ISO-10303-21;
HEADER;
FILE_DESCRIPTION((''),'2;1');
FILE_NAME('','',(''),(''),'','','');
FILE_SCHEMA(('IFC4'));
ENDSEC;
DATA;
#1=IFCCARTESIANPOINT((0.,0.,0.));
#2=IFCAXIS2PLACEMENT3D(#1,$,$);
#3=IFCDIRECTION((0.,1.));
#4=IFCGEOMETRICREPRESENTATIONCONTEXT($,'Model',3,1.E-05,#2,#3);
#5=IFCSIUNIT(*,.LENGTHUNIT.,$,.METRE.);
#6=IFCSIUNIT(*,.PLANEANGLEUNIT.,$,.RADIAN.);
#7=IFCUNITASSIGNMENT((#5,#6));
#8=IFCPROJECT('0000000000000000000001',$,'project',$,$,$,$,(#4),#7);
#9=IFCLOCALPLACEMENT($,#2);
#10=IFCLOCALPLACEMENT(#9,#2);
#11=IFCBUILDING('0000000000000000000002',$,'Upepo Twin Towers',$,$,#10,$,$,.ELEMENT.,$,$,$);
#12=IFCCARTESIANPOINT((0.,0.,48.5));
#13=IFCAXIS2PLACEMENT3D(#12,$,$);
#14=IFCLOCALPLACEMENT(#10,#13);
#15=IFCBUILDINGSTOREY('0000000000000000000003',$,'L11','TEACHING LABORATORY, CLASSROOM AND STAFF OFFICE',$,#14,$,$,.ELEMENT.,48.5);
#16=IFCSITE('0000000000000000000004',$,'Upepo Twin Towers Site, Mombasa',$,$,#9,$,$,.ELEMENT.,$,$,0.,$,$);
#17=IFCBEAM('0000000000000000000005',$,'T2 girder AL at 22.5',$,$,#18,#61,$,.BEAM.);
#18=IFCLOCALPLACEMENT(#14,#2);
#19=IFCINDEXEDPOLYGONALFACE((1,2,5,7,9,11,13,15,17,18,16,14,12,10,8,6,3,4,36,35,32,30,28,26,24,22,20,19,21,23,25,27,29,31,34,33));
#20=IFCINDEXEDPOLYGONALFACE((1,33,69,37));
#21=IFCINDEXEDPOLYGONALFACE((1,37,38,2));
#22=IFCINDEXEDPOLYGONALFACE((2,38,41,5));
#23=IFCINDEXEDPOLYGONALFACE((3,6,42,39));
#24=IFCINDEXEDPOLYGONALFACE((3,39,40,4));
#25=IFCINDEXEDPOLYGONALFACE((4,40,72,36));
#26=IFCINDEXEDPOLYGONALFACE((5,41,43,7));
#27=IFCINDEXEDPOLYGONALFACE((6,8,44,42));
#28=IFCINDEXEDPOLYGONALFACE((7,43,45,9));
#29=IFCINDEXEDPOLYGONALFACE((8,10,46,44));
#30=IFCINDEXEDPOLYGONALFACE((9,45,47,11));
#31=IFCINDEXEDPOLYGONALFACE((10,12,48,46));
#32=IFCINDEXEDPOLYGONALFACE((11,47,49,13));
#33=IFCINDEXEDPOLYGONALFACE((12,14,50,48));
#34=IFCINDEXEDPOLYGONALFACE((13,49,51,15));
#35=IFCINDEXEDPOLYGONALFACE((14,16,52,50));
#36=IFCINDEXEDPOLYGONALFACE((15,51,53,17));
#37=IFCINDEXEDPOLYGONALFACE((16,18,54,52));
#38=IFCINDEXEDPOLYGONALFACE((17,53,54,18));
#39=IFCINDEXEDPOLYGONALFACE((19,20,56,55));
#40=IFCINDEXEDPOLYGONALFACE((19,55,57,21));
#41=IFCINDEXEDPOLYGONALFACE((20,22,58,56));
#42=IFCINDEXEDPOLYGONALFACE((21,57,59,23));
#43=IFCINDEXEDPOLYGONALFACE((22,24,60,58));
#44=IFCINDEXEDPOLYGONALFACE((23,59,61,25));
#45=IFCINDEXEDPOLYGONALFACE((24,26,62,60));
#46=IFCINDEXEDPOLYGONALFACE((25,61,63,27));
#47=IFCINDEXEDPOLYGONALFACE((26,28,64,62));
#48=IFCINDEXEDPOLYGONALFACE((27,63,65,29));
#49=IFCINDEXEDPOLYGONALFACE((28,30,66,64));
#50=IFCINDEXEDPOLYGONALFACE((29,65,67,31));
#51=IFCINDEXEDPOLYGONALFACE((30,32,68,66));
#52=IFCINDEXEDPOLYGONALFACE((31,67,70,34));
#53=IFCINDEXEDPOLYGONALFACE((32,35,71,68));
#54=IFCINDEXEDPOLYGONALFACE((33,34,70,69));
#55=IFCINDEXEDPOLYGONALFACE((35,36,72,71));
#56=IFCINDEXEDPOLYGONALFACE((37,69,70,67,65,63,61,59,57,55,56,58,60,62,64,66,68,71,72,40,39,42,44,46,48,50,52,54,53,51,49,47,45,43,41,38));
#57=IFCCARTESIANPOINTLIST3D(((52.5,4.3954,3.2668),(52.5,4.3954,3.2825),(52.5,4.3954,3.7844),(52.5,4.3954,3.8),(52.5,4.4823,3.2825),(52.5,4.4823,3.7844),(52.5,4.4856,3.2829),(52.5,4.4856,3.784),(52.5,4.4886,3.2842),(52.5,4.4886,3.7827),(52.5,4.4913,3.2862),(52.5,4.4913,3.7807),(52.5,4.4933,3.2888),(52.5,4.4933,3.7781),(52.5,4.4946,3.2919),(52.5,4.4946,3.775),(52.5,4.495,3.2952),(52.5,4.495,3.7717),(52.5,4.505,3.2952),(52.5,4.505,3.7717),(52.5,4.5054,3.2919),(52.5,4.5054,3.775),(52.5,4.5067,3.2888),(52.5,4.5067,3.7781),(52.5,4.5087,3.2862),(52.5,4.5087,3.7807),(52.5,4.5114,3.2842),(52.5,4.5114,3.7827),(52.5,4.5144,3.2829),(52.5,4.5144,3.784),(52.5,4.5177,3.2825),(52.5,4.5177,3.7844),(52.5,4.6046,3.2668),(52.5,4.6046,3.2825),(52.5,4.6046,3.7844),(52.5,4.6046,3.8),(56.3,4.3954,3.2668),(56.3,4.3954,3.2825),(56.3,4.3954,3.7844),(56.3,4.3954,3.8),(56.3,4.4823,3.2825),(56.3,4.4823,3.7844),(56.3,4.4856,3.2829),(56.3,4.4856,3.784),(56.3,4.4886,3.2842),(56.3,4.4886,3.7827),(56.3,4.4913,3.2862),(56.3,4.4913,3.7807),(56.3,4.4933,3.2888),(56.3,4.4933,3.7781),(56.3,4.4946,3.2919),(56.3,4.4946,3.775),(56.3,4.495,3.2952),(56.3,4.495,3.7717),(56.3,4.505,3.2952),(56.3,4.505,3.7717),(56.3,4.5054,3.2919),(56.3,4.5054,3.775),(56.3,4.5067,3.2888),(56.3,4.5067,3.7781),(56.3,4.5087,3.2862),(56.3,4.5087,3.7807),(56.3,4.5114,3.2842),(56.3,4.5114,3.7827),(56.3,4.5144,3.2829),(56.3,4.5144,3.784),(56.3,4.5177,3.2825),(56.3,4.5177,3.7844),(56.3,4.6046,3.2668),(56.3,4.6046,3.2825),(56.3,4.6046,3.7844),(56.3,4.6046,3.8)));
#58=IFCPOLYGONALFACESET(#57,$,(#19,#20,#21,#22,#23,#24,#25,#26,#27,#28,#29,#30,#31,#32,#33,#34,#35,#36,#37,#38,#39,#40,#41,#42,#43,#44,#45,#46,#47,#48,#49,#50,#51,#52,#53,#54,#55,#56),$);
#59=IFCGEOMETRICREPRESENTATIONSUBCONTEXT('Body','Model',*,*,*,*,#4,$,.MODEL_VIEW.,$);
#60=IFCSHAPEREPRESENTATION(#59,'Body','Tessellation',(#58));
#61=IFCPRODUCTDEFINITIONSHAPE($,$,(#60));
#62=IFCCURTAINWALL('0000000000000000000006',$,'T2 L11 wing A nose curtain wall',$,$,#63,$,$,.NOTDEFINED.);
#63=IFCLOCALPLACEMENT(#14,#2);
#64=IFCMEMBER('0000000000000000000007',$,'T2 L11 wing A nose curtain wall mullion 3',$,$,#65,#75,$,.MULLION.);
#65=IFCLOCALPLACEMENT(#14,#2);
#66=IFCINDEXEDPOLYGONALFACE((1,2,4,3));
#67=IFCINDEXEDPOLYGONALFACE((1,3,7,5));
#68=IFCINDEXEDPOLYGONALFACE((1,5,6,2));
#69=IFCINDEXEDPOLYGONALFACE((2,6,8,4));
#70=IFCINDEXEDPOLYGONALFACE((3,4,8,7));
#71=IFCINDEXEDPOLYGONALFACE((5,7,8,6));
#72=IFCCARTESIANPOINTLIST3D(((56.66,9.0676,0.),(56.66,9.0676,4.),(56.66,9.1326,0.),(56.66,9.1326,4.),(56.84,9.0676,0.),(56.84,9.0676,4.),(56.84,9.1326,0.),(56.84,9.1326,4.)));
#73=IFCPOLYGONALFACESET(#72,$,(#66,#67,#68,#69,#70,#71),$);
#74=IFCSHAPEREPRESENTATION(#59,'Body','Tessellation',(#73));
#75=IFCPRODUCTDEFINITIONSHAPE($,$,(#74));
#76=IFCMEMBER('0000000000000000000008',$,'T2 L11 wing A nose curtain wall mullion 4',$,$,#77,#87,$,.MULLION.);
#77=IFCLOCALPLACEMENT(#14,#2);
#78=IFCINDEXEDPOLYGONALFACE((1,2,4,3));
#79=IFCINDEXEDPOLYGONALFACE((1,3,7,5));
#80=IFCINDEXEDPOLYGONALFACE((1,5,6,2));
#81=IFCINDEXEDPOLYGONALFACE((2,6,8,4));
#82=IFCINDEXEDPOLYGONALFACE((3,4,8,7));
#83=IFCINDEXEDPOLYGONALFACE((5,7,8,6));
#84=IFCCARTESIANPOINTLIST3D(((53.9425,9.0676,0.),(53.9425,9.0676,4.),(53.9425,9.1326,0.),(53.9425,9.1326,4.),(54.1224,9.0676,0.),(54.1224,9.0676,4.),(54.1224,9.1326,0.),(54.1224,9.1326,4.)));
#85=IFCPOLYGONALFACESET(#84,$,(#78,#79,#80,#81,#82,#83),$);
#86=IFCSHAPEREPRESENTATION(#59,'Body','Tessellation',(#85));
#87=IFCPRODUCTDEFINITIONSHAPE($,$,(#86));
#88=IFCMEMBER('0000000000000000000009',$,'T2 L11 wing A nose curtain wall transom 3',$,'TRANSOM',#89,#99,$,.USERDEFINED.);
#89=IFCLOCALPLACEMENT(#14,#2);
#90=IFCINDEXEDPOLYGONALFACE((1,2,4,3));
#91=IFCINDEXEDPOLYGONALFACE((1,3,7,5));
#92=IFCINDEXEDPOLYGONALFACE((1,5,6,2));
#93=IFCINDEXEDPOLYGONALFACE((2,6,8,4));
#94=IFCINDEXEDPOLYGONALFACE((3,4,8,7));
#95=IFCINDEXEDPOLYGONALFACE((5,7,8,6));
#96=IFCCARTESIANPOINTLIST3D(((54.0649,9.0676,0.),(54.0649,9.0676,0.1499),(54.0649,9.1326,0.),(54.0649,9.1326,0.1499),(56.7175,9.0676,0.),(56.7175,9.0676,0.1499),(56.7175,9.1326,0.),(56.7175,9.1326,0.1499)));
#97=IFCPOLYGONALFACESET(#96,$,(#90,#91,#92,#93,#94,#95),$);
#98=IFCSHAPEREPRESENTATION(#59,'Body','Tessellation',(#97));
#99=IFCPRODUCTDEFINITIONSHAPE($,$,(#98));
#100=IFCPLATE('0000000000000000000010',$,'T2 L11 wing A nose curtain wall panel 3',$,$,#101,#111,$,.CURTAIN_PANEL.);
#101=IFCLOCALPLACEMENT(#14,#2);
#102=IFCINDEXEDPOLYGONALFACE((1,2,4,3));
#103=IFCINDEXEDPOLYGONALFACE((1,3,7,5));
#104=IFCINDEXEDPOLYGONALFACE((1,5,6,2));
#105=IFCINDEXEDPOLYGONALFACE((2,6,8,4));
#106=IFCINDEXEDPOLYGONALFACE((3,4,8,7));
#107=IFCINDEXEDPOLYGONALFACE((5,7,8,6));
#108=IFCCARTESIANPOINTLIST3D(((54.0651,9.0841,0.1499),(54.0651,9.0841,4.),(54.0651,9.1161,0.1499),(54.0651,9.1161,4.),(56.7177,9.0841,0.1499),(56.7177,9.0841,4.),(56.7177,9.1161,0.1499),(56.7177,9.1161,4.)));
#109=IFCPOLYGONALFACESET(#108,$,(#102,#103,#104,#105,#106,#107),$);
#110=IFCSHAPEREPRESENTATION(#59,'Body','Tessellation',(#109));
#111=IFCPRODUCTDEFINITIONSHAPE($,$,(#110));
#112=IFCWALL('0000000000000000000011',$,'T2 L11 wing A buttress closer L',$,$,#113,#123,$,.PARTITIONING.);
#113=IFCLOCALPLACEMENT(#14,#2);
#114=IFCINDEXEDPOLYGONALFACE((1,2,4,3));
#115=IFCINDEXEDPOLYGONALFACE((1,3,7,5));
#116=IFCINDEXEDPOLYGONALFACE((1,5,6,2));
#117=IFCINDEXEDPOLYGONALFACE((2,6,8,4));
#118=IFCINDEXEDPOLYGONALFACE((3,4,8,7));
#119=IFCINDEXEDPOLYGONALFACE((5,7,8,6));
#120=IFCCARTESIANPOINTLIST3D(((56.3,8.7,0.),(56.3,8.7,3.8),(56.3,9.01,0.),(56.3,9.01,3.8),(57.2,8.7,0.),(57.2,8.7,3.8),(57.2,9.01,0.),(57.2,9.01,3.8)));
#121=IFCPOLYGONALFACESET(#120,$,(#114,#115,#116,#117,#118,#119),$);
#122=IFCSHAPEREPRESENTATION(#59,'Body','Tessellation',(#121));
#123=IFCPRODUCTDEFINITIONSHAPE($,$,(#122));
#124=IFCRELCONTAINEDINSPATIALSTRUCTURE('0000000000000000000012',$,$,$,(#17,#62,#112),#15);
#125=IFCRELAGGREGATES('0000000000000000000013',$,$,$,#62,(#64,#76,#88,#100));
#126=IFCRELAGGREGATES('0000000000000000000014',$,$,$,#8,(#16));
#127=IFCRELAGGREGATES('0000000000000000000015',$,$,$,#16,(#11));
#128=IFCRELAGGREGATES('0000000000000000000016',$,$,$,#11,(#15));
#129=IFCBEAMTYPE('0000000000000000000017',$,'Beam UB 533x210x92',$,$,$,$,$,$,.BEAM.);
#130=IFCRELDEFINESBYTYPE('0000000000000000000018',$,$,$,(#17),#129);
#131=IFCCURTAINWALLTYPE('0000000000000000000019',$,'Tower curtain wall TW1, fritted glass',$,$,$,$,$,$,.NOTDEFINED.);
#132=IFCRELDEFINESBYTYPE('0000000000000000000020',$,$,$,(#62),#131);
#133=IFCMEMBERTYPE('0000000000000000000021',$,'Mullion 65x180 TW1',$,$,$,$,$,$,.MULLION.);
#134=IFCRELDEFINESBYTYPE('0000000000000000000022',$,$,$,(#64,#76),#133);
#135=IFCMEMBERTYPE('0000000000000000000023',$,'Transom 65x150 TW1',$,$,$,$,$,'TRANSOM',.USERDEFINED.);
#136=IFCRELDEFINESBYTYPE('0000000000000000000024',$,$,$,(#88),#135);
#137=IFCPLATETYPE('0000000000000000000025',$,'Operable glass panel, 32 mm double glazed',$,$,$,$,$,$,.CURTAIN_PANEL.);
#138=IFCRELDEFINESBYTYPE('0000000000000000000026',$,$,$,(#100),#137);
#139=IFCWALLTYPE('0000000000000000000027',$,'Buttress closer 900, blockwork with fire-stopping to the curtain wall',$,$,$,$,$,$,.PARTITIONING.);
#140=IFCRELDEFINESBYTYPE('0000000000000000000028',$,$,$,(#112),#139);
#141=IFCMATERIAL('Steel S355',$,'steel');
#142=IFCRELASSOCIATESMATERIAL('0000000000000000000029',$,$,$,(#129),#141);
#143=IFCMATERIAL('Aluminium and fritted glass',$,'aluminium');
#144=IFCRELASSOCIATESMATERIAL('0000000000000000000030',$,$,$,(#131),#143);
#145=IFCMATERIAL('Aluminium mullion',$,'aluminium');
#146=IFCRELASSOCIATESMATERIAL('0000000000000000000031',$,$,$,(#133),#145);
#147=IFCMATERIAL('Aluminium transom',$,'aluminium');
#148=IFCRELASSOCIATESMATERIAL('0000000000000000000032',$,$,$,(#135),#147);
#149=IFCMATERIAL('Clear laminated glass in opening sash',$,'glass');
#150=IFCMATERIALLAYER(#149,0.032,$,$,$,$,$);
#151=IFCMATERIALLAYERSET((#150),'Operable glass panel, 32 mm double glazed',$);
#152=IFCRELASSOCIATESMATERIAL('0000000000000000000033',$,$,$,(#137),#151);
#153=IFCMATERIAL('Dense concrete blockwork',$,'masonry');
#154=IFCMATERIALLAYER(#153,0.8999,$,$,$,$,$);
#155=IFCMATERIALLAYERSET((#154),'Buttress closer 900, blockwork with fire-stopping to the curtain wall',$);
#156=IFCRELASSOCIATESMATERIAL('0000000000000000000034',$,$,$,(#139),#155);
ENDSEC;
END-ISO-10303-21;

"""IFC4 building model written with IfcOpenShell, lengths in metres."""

from ifc_helpers import new_model, si_unit, direction, frame, frame_2d, origin, origin_2d, place, context, subcontext, project, spatial, rectangle, i_section, extrude, material, layer, layer_set, material_profile, profile_set, type_object, element, aggregate, save


model = new_model("IFC4")

# Units and contexts
model_context = context("Model", 3, precision=1e-05, world=origin(), true_north=direction((0.0, 1.0)))
body_context = subcontext(model_context, "Body", "Model", "MODEL_VIEW")
ifc_project = project(units=[si_unit("LENGTHUNIT", "METRE"), si_unit("PLANEANGLEUNIT", "RADIAN")], contexts=[model_context])

# Site, building, storey
site_placement = place(None, origin())
site = spatial("IfcSite", under=ifc_project, at=site_placement, Name="Upepo Twin Towers Site, Mombasa", CompositionType="ELEMENT", RefElevation=0.0)
building_placement = place(site_placement, origin())
building = spatial("IfcBuilding", under=site, at=building_placement, Name="Upepo Twin Towers", CompositionType="ELEMENT")
storey_placement = place(building_placement, frame((0.0, 0.0, 48.5)))
storey = spatial("IfcBuildingStorey", under=building, at=storey_placement, Name="L11", Description="TEACHING LABORATORY, CLASSROOM AND STAFF OFFICE", CompositionType="ELEMENT", Elevation=48.5)

# Beam
ifc_material_1 = material(Name="Steel S355", Category="steel")
ifc_material_profile_1 = material_profile(ifc_material_1, i_section(OverallWidth=0.2092, OverallDepth=0.5332, WebThickness=0.01, FlangeThickness=0.0156, FilletRadius=0.0127, at=origin_2d()), Name="UB 533x210x92")
ifc_profile_set_1 = profile_set([ifc_material_profile_1], Name="Steel S355")
beam_type_1 = type_object("IfcBeamType", Name="Beam UB 533x210x92", PredefinedType="BEAM", material=ifc_profile_set_1)
beam_1_placement = place(storey_placement, frame((52.5, 4.5, 3.5334), z_axis=(1.0, 0.0, 0.0), x_axis=(0.0, 1.0, 0.0)))
element("IfcBeam", 1, at=beam_1_placement, inside=storey, type_object=beam_type_1, Name="T2 girder AL at 22.5", PredefinedType="BEAM", context=body_context, shape_type="SweptSolid", body=[
    extrude(i_section(OverallWidth=0.2092, OverallDepth=0.5332, WebThickness=0.01, FlangeThickness=0.0156, FilletRadius=0.0127, at=origin_2d()), origin(), (0.0, 0.0, 1.0), 3.8),
])

# Curtain wall, members, plate
ifc_material_2 = material(Name="Aluminium and fritted glass", Category="aluminium")
curtain_wall_type = type_object("IfcCurtainWallType", Name="Tower curtain wall TW1, fritted glass", PredefinedType="NOTDEFINED", material=ifc_material_2)
curtain_wall_placement = place(storey_placement, origin())
curtain_wall = element("IfcCurtainWall", 2, at=curtain_wall_placement, inside=storey, type_object=curtain_wall_type, Name="T2 L11 wing A nose curtain wall", PredefinedType="NOTDEFINED")
ifc_material_3 = material(Name="Aluminium mullion", Category="aluminium")
ifc_material_profile_2 = material_profile(ifc_material_3, rectangle(XDim=0.0649, YDim=0.1799, at=origin_2d()), Name="MULLION 65x180")
ifc_profile_set_2 = profile_set([ifc_material_profile_2], Name="Aluminium mullion")
member_type_1 = type_object("IfcMemberType", Name="Mullion 65x180 TW1", PredefinedType="MULLION", material=ifc_profile_set_2)
member_1_placement = place(storey_placement, frame((56.75, 9.1001, 0.0), z_axis=(0.0, 0.0, 1.0), x_axis=(0.0, -1.0, 0.0)))
member_1 = element("IfcMember", 3, at=member_1_placement, type_object=member_type_1, Name="T2 L11 wing A nose curtain wall mullion 3", PredefinedType="MULLION", context=body_context, shape_type="SweptSolid", body=[
    extrude(rectangle(XDim=0.0649, YDim=0.1799, at=origin_2d()), origin(), (0.0, 0.0, 1.0), 4.0),
])
member_2_placement = place(storey_placement, frame((54.0325, 9.1001, 0.0), z_axis=(0.0, 0.0, 1.0), x_axis=(0.0, -1.0, 0.0)))
member_2 = element("IfcMember", 4, at=member_2_placement, type_object=member_type_1, Name="T2 L11 wing A nose curtain wall mullion 4", PredefinedType="MULLION", context=body_context, shape_type="SweptSolid", body=[
    extrude(rectangle(XDim=0.0649, YDim=0.1799, at=origin_2d()), origin(), (0.0, 0.0, 1.0), 4.0),
])
ifc_material_4 = material(Name="Aluminium transom", Category="aluminium")
ifc_material_profile_3 = material_profile(ifc_material_4, rectangle(XDim=0.0649, YDim=0.1499, at=origin_2d()), Name="TRANSOM 65x150")
ifc_profile_set_3 = profile_set([ifc_material_profile_3], Name="Aluminium transom")
member_type_2 = type_object("IfcMemberType", Name="Transom 65x150 TW1", ElementType="TRANSOM", PredefinedType="USERDEFINED", material=ifc_profile_set_3)
member_3_placement = place(storey_placement, frame((56.7175, 9.1001, 0.075), z_axis=(-1.0, 0.0, 0.0), x_axis=(0.0, -1.0, 0.0)))
member_3 = element("IfcMember", 5, at=member_3_placement, type_object=member_type_2, Name="T2 L11 wing A nose curtain wall transom 3", ObjectType="TRANSOM", PredefinedType="USERDEFINED", context=body_context, shape_type="SweptSolid", body=[
    extrude(rectangle(XDim=0.0649, YDim=0.1499, at=origin_2d()), origin(), (0.0, 0.0, 1.0), 2.6526),
])
ifc_material_5 = material(Name="Clear laminated glass in opening sash", Category="glass")
ifc_layer_1 = layer(ifc_material_5, 0.032)
ifc_layer_set_1 = layer_set([ifc_layer_1], Name="Operable glass panel, 32 mm double glazed")
plate_type = type_object("IfcPlateType", Name="Operable glass panel, 32 mm double glazed", PredefinedType="CURTAIN_PANEL", material=ifc_layer_set_1)
plate_placement = place(storey_placement, frame((55.3914, 9.1001, 0.1499), z_axis=(0.0, 0.0, 1.0), x_axis=(-1.0, 0.0, 0.0)))
plate = element("IfcPlate", 6, at=plate_placement, type_object=plate_type, Name="T2 L11 wing A nose curtain wall panel 3", PredefinedType="CURTAIN_PANEL", context=body_context, shape_type="SweptSolid", body=[
    extrude(rectangle(XDim=2.6526, YDim=0.032, at=origin_2d()), origin(), (0.0, 0.0, 1.0), 3.8501),
])
aggregate(curtain_wall, [member_1, member_2, member_3, plate])

# Wall
ifc_material_6 = material(Name="Dense concrete blockwork", Category="masonry")
ifc_layer_2 = layer(ifc_material_6, 0.8999)
ifc_layer_set_2 = layer_set([ifc_layer_2], Name="Buttress closer 900, blockwork with fire-stopping to the curtain wall")
wall_type_1 = type_object("IfcWallType", Name="Buttress closer 900, blockwork with fire-stopping to the curtain wall", PredefinedType="PARTITIONING", material=ifc_layer_set_2)
wall_1_placement = place(storey_placement, frame((56.75, 8.7, 0.0), z_axis=(0.0, 0.0, 1.0), x_axis=(0.0, 1.0, 0.0)))
element("IfcWall", 7, at=wall_1_placement, inside=storey, type_object=wall_type_1, Name="T2 L11 wing A buttress closer L", PredefinedType="PARTITIONING", context=body_context, shape_type="SweptSolid", body=[
    extrude(rectangle(XDim=0.3101, YDim=0.8999, at=frame_2d((0.155, 0.0))), origin(), (0.0, 0.0, 1.0), 3.8),
])

save(model, "model.ifc")
